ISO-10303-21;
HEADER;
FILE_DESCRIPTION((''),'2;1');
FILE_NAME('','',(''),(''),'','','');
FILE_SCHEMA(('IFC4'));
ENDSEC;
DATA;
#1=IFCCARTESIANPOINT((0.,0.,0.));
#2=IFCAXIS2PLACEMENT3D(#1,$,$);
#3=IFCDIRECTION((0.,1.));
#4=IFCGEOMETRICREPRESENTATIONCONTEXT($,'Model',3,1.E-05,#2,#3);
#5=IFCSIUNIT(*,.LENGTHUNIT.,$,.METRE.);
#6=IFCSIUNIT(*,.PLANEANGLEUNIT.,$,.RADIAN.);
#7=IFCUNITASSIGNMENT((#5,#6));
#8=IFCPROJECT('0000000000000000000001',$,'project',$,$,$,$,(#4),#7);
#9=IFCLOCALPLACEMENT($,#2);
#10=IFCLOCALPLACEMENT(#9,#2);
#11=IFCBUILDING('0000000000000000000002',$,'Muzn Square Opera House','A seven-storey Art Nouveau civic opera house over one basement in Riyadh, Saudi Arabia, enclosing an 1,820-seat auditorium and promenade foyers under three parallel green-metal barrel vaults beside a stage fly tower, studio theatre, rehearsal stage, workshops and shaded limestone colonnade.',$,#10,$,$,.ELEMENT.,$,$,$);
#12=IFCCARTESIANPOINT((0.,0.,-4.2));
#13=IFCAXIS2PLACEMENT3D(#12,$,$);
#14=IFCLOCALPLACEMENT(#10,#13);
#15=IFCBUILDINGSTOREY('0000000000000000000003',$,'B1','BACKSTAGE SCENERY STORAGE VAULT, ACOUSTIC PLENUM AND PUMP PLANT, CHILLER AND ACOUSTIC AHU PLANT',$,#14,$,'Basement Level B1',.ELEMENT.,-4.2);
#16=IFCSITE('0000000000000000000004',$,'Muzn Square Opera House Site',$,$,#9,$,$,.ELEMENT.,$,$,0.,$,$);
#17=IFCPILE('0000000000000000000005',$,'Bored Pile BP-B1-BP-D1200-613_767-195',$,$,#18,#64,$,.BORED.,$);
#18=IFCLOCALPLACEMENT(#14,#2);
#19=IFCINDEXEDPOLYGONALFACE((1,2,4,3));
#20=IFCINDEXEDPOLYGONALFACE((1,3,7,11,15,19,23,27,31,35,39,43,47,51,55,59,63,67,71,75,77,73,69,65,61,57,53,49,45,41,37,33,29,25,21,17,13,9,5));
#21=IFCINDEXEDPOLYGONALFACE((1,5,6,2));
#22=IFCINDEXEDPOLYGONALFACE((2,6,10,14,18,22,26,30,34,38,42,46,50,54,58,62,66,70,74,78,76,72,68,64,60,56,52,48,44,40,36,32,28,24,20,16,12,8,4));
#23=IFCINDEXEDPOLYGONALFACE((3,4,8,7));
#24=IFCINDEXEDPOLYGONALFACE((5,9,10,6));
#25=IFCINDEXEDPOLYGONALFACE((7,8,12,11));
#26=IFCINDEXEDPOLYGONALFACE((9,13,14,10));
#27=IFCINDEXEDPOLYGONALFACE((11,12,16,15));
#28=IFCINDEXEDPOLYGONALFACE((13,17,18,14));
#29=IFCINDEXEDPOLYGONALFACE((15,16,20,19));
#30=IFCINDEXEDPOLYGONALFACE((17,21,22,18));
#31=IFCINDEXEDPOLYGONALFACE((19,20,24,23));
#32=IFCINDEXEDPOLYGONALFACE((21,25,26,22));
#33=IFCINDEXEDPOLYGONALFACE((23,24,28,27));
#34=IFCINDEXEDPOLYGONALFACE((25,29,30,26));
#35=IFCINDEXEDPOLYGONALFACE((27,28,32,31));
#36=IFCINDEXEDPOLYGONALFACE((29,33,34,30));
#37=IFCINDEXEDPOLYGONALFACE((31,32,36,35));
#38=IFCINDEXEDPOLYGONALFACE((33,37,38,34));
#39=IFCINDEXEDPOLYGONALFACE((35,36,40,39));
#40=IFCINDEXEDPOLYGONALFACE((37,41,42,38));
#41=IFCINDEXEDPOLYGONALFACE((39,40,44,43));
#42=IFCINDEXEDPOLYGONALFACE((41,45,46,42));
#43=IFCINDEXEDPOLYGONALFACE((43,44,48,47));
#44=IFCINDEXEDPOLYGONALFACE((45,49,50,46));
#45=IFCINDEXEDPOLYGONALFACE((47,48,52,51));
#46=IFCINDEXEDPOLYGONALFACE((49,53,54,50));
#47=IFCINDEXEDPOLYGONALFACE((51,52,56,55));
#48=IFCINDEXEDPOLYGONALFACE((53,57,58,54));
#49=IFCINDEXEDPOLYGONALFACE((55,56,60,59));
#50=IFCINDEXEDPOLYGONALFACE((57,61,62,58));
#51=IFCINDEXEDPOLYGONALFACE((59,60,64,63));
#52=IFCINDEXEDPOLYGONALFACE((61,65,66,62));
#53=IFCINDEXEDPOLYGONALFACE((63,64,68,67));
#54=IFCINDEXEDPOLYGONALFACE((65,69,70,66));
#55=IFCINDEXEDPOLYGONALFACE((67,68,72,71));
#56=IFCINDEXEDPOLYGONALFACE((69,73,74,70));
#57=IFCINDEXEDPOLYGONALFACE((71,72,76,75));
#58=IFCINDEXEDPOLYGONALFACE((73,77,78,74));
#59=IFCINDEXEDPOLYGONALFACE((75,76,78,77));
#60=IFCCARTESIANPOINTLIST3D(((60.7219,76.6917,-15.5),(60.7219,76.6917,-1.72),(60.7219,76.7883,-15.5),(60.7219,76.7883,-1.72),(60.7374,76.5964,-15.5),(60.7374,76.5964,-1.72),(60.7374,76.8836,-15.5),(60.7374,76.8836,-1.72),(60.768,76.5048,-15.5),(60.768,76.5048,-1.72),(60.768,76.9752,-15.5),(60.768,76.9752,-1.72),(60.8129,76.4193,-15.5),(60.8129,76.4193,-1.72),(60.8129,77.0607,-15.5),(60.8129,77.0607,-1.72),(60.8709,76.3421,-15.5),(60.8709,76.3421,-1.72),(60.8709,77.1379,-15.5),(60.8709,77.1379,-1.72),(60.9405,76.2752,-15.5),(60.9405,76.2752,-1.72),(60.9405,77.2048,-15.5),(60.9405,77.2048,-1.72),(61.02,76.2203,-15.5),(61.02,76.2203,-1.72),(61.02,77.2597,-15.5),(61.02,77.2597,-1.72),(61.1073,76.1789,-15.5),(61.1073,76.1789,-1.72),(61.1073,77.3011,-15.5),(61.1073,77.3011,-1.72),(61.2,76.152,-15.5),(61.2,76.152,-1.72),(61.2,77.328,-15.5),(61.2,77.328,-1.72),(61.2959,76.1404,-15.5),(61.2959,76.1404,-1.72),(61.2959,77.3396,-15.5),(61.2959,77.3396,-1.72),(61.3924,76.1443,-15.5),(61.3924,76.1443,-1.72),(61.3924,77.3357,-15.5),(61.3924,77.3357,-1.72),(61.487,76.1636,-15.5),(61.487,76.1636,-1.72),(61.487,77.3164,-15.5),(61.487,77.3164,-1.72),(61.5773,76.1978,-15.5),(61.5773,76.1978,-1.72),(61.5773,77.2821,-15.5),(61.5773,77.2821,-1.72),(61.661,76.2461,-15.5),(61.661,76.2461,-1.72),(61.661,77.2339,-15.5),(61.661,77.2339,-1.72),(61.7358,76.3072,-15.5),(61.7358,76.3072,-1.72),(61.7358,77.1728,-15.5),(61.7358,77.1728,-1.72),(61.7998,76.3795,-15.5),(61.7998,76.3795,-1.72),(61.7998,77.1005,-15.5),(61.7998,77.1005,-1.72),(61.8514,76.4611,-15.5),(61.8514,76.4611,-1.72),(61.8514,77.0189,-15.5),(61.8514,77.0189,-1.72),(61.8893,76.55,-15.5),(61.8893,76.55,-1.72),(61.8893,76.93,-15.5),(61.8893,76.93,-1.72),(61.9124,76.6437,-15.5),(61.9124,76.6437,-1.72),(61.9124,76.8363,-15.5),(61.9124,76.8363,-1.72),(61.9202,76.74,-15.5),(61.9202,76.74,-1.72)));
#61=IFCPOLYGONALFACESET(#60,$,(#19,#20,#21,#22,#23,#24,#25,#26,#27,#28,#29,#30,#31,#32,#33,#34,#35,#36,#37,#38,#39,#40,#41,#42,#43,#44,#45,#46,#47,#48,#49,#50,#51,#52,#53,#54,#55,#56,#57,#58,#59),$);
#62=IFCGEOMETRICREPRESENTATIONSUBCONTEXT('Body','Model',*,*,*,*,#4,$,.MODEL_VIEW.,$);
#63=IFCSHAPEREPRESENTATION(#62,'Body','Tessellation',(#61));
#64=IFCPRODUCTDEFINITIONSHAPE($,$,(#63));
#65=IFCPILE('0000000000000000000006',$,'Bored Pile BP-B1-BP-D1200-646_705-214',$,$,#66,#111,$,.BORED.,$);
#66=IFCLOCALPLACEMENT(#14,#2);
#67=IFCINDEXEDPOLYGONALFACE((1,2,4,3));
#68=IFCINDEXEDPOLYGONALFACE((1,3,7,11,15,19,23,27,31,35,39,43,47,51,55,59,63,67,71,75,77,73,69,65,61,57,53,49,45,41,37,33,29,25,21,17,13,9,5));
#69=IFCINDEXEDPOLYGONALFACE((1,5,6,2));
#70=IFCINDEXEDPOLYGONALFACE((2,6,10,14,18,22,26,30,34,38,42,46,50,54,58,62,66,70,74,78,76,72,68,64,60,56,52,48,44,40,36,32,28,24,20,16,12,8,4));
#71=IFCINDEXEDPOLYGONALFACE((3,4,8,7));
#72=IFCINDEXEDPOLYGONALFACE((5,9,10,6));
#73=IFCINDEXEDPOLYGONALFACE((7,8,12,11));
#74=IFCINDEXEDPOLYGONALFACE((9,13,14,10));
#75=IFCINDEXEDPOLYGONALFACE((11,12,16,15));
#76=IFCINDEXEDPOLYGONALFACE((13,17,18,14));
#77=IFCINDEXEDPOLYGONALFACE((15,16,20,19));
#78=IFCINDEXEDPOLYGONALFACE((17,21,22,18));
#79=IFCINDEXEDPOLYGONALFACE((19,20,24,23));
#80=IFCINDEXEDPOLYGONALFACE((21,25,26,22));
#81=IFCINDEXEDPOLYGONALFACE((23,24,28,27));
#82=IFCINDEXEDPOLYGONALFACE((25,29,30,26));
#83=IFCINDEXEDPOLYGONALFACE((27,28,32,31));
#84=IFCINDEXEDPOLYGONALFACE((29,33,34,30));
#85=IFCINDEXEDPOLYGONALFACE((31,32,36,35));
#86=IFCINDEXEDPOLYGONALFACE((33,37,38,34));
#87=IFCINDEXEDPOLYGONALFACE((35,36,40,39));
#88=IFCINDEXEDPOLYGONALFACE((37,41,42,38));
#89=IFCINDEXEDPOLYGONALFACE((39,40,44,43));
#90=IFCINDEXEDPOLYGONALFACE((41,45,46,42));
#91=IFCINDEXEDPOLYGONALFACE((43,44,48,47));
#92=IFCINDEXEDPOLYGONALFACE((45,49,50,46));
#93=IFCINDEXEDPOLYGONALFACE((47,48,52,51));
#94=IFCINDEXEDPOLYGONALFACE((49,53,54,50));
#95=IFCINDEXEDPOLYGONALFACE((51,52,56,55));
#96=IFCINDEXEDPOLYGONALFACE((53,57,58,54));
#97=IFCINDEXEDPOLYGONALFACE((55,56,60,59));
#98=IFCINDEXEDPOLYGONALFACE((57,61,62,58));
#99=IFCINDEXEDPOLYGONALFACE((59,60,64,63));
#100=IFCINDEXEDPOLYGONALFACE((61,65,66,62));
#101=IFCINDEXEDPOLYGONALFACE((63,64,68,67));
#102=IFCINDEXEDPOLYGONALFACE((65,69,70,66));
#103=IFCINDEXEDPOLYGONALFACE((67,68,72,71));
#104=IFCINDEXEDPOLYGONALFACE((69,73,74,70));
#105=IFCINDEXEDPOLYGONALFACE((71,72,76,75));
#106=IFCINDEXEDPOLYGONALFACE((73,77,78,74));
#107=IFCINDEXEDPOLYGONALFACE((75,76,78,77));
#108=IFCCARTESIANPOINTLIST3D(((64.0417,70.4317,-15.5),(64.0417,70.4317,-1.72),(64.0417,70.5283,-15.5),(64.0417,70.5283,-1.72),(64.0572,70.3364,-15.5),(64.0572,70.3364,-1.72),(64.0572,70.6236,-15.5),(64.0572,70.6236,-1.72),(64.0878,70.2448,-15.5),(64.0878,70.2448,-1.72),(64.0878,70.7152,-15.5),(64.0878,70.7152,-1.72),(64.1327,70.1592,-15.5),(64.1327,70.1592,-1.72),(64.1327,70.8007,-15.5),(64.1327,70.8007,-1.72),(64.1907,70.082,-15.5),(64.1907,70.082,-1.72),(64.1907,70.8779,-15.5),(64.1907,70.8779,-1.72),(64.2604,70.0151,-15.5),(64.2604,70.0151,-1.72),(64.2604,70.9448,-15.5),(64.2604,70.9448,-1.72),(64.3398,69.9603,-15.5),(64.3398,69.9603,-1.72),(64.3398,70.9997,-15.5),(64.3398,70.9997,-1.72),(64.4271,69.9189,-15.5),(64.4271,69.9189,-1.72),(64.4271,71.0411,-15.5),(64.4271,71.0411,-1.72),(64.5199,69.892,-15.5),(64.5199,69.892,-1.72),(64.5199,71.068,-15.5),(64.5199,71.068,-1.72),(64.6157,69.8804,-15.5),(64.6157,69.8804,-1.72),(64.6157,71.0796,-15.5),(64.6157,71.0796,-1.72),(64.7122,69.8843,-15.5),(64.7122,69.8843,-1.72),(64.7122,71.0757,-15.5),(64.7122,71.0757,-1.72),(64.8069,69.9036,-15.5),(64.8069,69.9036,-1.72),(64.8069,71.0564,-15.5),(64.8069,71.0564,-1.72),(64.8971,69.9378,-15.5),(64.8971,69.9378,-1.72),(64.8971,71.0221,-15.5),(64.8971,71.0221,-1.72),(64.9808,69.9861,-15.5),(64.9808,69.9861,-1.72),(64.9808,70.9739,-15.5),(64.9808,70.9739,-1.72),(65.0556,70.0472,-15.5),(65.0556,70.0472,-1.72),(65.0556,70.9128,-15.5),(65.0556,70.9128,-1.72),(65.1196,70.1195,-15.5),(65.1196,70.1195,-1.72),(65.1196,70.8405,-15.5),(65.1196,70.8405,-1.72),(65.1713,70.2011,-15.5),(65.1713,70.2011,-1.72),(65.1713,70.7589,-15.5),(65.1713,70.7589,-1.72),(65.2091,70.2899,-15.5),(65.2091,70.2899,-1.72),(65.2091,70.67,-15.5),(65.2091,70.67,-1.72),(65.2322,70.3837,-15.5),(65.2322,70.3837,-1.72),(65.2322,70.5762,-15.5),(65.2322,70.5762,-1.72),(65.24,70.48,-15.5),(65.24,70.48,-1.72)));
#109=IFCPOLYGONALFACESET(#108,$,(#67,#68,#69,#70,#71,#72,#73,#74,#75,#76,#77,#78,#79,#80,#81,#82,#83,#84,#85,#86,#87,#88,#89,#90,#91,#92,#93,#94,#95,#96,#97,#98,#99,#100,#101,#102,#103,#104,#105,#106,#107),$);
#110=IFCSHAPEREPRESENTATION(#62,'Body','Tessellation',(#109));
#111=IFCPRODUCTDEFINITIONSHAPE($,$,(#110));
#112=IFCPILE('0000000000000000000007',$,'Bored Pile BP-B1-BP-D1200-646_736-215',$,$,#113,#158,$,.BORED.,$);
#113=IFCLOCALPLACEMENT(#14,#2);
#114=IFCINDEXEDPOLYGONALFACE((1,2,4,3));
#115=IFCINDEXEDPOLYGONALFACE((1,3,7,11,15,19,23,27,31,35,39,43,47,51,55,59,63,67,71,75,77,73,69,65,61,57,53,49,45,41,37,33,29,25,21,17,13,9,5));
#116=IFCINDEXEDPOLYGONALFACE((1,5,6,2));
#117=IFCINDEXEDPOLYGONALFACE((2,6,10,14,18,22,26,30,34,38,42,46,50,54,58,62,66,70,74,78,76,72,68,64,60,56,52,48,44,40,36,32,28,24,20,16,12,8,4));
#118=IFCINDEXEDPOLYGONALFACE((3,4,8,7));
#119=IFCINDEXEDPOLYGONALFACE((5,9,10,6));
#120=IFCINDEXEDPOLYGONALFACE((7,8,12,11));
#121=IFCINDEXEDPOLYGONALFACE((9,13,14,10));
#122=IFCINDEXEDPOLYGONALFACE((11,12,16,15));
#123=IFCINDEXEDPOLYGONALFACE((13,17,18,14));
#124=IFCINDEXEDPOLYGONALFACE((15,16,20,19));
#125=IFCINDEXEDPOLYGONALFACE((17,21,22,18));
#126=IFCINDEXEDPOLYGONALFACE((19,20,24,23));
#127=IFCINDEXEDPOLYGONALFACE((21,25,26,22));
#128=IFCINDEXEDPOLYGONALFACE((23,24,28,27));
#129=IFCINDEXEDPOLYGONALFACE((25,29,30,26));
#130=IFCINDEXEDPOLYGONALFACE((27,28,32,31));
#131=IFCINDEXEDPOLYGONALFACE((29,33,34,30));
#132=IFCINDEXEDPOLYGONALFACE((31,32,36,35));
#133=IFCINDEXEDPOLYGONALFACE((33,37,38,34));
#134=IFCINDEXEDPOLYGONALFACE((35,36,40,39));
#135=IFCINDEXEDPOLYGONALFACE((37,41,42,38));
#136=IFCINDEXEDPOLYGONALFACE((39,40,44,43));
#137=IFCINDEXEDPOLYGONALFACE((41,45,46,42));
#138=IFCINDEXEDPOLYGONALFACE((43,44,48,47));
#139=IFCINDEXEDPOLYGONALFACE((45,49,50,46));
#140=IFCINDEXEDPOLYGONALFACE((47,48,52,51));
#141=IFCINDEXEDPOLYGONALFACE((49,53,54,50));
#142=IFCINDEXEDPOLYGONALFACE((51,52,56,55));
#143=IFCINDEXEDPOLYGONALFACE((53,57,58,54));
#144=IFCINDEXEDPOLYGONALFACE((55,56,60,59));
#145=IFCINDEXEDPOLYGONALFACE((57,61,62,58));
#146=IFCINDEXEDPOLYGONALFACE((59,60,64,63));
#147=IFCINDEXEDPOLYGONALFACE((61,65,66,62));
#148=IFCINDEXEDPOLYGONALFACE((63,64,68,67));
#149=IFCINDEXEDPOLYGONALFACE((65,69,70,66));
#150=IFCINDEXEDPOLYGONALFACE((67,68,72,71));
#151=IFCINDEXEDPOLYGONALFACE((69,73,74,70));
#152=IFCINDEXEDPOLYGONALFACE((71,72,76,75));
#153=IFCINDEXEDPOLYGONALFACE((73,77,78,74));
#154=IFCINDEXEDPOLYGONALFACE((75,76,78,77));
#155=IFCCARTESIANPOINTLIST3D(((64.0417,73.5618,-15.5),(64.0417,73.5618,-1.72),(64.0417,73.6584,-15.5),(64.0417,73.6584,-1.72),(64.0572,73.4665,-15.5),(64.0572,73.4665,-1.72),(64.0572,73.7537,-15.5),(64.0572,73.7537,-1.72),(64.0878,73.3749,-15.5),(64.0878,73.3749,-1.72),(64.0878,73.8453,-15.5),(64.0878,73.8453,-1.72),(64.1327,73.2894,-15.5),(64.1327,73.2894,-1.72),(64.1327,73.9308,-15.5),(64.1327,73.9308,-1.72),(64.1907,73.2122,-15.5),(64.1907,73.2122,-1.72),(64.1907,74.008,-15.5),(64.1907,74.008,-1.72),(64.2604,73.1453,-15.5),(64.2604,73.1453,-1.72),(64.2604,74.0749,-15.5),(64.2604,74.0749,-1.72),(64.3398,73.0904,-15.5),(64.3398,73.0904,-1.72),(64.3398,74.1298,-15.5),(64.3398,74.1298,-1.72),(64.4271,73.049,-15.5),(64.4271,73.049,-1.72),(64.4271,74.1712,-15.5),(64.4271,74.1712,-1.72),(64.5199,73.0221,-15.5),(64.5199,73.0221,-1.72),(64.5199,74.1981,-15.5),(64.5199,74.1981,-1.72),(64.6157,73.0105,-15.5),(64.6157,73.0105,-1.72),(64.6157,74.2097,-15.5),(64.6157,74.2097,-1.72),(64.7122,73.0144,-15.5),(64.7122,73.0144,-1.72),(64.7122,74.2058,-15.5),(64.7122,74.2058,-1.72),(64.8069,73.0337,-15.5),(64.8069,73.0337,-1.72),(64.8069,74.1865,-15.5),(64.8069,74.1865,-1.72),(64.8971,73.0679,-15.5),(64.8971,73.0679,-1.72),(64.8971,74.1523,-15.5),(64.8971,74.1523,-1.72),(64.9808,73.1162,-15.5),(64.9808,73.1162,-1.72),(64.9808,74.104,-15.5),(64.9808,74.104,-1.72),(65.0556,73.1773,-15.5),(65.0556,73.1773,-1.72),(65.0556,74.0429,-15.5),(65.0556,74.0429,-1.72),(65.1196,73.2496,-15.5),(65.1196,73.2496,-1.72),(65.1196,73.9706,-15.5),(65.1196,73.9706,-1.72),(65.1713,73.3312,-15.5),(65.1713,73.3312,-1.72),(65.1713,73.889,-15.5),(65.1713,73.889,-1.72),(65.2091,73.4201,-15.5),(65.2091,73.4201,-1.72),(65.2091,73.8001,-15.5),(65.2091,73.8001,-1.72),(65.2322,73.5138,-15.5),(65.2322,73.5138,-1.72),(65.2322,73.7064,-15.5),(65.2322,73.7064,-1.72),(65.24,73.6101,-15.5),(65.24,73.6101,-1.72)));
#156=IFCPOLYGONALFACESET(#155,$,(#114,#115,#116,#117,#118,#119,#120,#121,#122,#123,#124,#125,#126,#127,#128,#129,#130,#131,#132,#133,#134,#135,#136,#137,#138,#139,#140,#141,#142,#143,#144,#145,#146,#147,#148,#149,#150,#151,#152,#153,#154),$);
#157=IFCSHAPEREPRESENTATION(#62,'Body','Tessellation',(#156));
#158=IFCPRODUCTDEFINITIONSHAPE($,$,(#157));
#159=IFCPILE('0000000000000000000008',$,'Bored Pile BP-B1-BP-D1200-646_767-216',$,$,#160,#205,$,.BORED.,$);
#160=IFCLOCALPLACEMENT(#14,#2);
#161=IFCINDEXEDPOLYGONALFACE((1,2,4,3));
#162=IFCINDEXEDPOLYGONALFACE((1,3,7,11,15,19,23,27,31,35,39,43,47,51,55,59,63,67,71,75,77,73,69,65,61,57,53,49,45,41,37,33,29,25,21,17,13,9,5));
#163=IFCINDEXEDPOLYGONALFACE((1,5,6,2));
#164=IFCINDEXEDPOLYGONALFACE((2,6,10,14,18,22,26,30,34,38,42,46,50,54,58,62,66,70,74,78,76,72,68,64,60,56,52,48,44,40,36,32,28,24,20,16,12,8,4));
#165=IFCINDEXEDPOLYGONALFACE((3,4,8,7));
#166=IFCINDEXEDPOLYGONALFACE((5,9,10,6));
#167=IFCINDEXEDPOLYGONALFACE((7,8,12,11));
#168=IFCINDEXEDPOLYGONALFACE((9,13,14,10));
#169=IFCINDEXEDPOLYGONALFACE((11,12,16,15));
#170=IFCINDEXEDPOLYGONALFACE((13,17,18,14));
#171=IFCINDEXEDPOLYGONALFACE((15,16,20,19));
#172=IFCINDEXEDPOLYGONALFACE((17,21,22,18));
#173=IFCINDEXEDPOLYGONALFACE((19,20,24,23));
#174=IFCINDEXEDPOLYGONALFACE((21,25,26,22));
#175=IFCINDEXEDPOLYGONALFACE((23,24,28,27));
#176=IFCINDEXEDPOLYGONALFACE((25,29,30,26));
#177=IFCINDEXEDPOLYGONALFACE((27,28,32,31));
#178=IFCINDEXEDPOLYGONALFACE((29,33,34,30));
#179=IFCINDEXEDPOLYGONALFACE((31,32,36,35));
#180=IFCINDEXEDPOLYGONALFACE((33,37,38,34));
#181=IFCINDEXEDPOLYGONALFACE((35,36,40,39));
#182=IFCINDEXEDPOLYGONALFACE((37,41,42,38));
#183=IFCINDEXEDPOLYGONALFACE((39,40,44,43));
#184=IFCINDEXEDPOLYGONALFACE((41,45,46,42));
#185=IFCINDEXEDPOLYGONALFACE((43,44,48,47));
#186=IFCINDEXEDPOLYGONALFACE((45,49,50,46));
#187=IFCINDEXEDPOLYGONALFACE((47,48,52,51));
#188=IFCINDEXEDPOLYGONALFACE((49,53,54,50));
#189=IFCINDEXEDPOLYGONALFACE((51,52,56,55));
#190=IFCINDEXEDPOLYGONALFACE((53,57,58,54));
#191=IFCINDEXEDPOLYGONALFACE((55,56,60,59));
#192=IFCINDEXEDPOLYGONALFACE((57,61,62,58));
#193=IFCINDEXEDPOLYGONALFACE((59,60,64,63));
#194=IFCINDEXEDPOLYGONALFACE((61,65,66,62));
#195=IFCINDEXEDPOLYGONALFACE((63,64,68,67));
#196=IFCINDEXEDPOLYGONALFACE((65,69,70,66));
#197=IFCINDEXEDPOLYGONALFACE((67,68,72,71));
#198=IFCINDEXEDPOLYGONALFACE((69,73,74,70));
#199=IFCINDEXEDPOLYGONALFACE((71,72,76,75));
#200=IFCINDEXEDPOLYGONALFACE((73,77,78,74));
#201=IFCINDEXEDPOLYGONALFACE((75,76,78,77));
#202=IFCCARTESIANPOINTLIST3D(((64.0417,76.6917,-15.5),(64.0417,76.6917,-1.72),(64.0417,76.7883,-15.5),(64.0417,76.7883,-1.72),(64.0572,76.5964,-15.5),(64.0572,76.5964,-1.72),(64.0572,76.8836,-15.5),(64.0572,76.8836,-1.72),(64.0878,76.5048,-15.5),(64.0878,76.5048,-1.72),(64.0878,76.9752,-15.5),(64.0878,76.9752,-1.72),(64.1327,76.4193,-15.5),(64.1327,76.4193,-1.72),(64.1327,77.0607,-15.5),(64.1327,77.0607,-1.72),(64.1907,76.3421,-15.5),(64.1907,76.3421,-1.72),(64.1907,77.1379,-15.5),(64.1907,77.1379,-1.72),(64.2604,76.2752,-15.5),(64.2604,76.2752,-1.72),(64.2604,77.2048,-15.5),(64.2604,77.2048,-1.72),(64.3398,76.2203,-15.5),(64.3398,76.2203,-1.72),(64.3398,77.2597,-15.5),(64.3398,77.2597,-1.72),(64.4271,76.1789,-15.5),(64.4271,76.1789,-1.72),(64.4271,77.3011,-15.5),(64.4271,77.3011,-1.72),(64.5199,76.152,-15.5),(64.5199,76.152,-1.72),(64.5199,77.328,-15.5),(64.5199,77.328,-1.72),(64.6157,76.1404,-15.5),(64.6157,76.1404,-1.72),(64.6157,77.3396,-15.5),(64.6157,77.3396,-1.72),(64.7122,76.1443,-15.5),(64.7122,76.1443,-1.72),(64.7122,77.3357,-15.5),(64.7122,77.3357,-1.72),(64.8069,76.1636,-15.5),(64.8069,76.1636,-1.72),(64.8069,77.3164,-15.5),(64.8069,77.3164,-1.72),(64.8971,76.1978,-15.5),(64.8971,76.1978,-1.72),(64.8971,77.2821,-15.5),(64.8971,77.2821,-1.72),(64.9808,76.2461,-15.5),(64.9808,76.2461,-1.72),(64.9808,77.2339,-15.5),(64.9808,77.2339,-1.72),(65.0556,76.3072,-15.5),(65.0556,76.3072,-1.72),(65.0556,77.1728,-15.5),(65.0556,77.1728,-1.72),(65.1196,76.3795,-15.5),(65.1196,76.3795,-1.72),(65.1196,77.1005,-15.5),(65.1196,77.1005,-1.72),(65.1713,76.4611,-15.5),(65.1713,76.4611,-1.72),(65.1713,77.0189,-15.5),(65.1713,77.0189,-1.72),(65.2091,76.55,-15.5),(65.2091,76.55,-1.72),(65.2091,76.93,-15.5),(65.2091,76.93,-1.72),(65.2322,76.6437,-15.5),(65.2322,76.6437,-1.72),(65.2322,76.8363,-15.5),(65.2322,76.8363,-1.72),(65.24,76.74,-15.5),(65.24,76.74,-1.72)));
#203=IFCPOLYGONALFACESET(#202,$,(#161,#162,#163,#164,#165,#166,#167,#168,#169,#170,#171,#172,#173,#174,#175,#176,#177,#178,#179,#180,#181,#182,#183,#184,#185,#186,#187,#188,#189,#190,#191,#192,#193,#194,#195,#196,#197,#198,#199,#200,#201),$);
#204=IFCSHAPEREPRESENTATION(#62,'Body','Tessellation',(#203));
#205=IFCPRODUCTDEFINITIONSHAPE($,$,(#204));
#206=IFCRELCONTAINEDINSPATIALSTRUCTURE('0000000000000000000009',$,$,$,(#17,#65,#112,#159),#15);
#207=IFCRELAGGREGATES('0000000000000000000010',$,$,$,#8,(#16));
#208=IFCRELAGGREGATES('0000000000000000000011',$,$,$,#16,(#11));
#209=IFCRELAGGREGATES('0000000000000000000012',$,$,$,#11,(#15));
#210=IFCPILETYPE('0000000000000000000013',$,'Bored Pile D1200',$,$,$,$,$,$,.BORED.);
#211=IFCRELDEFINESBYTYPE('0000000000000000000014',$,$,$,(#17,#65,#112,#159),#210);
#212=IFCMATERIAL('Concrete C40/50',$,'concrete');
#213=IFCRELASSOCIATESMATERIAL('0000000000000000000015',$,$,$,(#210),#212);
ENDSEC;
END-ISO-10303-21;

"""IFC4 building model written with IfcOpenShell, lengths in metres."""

from ifc_helpers import new_model, si_unit, direction, frame, origin, origin_2d, place, context, subcontext, project, spatial, circle, extrude, material, material_profile, profile_set, type_object, element, save


model = new_model("IFC4")

# Units and contexts
model_context = context("Model", 3, precision=1e-05, world=origin(), true_north=direction((0.0, 1.0)))
body_context = subcontext(model_context, "Body", "Model", "MODEL_VIEW")
ifc_project = project(units=[si_unit("LENGTHUNIT", "METRE"), si_unit("PLANEANGLEUNIT", "RADIAN")], contexts=[model_context])

# Site, building, storey
site_placement = place(None, origin())
site = spatial("IfcSite", under=ifc_project, at=site_placement, Name="Muzn Square Opera House Site", CompositionType="ELEMENT", RefElevation=0.0)
building_placement = place(site_placement, origin())
building = spatial("IfcBuilding", under=site, at=building_placement, Name="Muzn Square Opera House", Description="A seven-storey Art Nouveau civic opera house over one basement in Riyadh, Saudi Arabia, enclosing an 1,820-seat auditorium and promenade foyers under three parallel green-metal barrel vaults beside a stage fly tower, studio theatre, rehearsal stage, workshops and shaded limestone colonnade.", CompositionType="ELEMENT")
storey_placement = place(building_placement, frame((0.0, 0.0, -4.2)))
storey = spatial("IfcBuildingStorey", under=building, at=storey_placement, Name="B1", Description="BACKSTAGE SCENERY STORAGE VAULT, ACOUSTIC PLENUM AND PUMP PLANT, CHILLER AND ACOUSTIC AHU PLANT", LongName="Basement Level B1", CompositionType="ELEMENT", Elevation=-4.2)

# Piles
ifc_material_1 = material(Name="Concrete C40/50", Category="concrete")
ifc_material_profile_1 = material_profile(ifc_material_1, circle(Radius=0.6001, at=origin_2d()), Name="BORED PILE D1200", Category="concrete")
ifc_profile_set_1 = profile_set([ifc_material_profile_1], Name="Concrete C40/50")
pile_type = type_object("IfcPileType", Name="Bored Pile D1200", PredefinedType="BORED", material=ifc_profile_set_1)
for number, where, z_axis, x_axis, name in (
    (1, (61.3201, 76.74, -1.72), (0.0, 0.0, -1.0), (1.0, 0.0, 0.0), "Bored Pile BP-B1-BP-D1200-613_767-195"),
    (2, (64.6399, 70.48, -1.72), (0.0, 0.0, -1.0), (1.0, 0.0, 0.0), "Bored Pile BP-B1-BP-D1200-646_705-214"),
    (3, (64.6399, 73.6101, -1.72), (0.0, 0.0, -1.0), (1.0, 0.0, 0.0), "Bored Pile BP-B1-BP-D1200-646_736-215"),
    (4, (64.6399, 76.74, -1.72), (0.0, 0.0, -1.0), (1.0, 0.0, 0.0), "Bored Pile BP-B1-BP-D1200-646_767-216"),
):
    element("IfcPile", number, at=place(storey_placement, frame(where, z_axis=z_axis, x_axis=x_axis)), inside=storey, type_object=pile_type, Name=name, PredefinedType="BORED", context=body_context, shape_type="SweptSolid", body=[
        extrude(circle(Radius=0.6001, at=origin_2d()), origin(), (0.0, 0.0, 1.0), 13.78),
    ])

save(model, "model.ifc")
